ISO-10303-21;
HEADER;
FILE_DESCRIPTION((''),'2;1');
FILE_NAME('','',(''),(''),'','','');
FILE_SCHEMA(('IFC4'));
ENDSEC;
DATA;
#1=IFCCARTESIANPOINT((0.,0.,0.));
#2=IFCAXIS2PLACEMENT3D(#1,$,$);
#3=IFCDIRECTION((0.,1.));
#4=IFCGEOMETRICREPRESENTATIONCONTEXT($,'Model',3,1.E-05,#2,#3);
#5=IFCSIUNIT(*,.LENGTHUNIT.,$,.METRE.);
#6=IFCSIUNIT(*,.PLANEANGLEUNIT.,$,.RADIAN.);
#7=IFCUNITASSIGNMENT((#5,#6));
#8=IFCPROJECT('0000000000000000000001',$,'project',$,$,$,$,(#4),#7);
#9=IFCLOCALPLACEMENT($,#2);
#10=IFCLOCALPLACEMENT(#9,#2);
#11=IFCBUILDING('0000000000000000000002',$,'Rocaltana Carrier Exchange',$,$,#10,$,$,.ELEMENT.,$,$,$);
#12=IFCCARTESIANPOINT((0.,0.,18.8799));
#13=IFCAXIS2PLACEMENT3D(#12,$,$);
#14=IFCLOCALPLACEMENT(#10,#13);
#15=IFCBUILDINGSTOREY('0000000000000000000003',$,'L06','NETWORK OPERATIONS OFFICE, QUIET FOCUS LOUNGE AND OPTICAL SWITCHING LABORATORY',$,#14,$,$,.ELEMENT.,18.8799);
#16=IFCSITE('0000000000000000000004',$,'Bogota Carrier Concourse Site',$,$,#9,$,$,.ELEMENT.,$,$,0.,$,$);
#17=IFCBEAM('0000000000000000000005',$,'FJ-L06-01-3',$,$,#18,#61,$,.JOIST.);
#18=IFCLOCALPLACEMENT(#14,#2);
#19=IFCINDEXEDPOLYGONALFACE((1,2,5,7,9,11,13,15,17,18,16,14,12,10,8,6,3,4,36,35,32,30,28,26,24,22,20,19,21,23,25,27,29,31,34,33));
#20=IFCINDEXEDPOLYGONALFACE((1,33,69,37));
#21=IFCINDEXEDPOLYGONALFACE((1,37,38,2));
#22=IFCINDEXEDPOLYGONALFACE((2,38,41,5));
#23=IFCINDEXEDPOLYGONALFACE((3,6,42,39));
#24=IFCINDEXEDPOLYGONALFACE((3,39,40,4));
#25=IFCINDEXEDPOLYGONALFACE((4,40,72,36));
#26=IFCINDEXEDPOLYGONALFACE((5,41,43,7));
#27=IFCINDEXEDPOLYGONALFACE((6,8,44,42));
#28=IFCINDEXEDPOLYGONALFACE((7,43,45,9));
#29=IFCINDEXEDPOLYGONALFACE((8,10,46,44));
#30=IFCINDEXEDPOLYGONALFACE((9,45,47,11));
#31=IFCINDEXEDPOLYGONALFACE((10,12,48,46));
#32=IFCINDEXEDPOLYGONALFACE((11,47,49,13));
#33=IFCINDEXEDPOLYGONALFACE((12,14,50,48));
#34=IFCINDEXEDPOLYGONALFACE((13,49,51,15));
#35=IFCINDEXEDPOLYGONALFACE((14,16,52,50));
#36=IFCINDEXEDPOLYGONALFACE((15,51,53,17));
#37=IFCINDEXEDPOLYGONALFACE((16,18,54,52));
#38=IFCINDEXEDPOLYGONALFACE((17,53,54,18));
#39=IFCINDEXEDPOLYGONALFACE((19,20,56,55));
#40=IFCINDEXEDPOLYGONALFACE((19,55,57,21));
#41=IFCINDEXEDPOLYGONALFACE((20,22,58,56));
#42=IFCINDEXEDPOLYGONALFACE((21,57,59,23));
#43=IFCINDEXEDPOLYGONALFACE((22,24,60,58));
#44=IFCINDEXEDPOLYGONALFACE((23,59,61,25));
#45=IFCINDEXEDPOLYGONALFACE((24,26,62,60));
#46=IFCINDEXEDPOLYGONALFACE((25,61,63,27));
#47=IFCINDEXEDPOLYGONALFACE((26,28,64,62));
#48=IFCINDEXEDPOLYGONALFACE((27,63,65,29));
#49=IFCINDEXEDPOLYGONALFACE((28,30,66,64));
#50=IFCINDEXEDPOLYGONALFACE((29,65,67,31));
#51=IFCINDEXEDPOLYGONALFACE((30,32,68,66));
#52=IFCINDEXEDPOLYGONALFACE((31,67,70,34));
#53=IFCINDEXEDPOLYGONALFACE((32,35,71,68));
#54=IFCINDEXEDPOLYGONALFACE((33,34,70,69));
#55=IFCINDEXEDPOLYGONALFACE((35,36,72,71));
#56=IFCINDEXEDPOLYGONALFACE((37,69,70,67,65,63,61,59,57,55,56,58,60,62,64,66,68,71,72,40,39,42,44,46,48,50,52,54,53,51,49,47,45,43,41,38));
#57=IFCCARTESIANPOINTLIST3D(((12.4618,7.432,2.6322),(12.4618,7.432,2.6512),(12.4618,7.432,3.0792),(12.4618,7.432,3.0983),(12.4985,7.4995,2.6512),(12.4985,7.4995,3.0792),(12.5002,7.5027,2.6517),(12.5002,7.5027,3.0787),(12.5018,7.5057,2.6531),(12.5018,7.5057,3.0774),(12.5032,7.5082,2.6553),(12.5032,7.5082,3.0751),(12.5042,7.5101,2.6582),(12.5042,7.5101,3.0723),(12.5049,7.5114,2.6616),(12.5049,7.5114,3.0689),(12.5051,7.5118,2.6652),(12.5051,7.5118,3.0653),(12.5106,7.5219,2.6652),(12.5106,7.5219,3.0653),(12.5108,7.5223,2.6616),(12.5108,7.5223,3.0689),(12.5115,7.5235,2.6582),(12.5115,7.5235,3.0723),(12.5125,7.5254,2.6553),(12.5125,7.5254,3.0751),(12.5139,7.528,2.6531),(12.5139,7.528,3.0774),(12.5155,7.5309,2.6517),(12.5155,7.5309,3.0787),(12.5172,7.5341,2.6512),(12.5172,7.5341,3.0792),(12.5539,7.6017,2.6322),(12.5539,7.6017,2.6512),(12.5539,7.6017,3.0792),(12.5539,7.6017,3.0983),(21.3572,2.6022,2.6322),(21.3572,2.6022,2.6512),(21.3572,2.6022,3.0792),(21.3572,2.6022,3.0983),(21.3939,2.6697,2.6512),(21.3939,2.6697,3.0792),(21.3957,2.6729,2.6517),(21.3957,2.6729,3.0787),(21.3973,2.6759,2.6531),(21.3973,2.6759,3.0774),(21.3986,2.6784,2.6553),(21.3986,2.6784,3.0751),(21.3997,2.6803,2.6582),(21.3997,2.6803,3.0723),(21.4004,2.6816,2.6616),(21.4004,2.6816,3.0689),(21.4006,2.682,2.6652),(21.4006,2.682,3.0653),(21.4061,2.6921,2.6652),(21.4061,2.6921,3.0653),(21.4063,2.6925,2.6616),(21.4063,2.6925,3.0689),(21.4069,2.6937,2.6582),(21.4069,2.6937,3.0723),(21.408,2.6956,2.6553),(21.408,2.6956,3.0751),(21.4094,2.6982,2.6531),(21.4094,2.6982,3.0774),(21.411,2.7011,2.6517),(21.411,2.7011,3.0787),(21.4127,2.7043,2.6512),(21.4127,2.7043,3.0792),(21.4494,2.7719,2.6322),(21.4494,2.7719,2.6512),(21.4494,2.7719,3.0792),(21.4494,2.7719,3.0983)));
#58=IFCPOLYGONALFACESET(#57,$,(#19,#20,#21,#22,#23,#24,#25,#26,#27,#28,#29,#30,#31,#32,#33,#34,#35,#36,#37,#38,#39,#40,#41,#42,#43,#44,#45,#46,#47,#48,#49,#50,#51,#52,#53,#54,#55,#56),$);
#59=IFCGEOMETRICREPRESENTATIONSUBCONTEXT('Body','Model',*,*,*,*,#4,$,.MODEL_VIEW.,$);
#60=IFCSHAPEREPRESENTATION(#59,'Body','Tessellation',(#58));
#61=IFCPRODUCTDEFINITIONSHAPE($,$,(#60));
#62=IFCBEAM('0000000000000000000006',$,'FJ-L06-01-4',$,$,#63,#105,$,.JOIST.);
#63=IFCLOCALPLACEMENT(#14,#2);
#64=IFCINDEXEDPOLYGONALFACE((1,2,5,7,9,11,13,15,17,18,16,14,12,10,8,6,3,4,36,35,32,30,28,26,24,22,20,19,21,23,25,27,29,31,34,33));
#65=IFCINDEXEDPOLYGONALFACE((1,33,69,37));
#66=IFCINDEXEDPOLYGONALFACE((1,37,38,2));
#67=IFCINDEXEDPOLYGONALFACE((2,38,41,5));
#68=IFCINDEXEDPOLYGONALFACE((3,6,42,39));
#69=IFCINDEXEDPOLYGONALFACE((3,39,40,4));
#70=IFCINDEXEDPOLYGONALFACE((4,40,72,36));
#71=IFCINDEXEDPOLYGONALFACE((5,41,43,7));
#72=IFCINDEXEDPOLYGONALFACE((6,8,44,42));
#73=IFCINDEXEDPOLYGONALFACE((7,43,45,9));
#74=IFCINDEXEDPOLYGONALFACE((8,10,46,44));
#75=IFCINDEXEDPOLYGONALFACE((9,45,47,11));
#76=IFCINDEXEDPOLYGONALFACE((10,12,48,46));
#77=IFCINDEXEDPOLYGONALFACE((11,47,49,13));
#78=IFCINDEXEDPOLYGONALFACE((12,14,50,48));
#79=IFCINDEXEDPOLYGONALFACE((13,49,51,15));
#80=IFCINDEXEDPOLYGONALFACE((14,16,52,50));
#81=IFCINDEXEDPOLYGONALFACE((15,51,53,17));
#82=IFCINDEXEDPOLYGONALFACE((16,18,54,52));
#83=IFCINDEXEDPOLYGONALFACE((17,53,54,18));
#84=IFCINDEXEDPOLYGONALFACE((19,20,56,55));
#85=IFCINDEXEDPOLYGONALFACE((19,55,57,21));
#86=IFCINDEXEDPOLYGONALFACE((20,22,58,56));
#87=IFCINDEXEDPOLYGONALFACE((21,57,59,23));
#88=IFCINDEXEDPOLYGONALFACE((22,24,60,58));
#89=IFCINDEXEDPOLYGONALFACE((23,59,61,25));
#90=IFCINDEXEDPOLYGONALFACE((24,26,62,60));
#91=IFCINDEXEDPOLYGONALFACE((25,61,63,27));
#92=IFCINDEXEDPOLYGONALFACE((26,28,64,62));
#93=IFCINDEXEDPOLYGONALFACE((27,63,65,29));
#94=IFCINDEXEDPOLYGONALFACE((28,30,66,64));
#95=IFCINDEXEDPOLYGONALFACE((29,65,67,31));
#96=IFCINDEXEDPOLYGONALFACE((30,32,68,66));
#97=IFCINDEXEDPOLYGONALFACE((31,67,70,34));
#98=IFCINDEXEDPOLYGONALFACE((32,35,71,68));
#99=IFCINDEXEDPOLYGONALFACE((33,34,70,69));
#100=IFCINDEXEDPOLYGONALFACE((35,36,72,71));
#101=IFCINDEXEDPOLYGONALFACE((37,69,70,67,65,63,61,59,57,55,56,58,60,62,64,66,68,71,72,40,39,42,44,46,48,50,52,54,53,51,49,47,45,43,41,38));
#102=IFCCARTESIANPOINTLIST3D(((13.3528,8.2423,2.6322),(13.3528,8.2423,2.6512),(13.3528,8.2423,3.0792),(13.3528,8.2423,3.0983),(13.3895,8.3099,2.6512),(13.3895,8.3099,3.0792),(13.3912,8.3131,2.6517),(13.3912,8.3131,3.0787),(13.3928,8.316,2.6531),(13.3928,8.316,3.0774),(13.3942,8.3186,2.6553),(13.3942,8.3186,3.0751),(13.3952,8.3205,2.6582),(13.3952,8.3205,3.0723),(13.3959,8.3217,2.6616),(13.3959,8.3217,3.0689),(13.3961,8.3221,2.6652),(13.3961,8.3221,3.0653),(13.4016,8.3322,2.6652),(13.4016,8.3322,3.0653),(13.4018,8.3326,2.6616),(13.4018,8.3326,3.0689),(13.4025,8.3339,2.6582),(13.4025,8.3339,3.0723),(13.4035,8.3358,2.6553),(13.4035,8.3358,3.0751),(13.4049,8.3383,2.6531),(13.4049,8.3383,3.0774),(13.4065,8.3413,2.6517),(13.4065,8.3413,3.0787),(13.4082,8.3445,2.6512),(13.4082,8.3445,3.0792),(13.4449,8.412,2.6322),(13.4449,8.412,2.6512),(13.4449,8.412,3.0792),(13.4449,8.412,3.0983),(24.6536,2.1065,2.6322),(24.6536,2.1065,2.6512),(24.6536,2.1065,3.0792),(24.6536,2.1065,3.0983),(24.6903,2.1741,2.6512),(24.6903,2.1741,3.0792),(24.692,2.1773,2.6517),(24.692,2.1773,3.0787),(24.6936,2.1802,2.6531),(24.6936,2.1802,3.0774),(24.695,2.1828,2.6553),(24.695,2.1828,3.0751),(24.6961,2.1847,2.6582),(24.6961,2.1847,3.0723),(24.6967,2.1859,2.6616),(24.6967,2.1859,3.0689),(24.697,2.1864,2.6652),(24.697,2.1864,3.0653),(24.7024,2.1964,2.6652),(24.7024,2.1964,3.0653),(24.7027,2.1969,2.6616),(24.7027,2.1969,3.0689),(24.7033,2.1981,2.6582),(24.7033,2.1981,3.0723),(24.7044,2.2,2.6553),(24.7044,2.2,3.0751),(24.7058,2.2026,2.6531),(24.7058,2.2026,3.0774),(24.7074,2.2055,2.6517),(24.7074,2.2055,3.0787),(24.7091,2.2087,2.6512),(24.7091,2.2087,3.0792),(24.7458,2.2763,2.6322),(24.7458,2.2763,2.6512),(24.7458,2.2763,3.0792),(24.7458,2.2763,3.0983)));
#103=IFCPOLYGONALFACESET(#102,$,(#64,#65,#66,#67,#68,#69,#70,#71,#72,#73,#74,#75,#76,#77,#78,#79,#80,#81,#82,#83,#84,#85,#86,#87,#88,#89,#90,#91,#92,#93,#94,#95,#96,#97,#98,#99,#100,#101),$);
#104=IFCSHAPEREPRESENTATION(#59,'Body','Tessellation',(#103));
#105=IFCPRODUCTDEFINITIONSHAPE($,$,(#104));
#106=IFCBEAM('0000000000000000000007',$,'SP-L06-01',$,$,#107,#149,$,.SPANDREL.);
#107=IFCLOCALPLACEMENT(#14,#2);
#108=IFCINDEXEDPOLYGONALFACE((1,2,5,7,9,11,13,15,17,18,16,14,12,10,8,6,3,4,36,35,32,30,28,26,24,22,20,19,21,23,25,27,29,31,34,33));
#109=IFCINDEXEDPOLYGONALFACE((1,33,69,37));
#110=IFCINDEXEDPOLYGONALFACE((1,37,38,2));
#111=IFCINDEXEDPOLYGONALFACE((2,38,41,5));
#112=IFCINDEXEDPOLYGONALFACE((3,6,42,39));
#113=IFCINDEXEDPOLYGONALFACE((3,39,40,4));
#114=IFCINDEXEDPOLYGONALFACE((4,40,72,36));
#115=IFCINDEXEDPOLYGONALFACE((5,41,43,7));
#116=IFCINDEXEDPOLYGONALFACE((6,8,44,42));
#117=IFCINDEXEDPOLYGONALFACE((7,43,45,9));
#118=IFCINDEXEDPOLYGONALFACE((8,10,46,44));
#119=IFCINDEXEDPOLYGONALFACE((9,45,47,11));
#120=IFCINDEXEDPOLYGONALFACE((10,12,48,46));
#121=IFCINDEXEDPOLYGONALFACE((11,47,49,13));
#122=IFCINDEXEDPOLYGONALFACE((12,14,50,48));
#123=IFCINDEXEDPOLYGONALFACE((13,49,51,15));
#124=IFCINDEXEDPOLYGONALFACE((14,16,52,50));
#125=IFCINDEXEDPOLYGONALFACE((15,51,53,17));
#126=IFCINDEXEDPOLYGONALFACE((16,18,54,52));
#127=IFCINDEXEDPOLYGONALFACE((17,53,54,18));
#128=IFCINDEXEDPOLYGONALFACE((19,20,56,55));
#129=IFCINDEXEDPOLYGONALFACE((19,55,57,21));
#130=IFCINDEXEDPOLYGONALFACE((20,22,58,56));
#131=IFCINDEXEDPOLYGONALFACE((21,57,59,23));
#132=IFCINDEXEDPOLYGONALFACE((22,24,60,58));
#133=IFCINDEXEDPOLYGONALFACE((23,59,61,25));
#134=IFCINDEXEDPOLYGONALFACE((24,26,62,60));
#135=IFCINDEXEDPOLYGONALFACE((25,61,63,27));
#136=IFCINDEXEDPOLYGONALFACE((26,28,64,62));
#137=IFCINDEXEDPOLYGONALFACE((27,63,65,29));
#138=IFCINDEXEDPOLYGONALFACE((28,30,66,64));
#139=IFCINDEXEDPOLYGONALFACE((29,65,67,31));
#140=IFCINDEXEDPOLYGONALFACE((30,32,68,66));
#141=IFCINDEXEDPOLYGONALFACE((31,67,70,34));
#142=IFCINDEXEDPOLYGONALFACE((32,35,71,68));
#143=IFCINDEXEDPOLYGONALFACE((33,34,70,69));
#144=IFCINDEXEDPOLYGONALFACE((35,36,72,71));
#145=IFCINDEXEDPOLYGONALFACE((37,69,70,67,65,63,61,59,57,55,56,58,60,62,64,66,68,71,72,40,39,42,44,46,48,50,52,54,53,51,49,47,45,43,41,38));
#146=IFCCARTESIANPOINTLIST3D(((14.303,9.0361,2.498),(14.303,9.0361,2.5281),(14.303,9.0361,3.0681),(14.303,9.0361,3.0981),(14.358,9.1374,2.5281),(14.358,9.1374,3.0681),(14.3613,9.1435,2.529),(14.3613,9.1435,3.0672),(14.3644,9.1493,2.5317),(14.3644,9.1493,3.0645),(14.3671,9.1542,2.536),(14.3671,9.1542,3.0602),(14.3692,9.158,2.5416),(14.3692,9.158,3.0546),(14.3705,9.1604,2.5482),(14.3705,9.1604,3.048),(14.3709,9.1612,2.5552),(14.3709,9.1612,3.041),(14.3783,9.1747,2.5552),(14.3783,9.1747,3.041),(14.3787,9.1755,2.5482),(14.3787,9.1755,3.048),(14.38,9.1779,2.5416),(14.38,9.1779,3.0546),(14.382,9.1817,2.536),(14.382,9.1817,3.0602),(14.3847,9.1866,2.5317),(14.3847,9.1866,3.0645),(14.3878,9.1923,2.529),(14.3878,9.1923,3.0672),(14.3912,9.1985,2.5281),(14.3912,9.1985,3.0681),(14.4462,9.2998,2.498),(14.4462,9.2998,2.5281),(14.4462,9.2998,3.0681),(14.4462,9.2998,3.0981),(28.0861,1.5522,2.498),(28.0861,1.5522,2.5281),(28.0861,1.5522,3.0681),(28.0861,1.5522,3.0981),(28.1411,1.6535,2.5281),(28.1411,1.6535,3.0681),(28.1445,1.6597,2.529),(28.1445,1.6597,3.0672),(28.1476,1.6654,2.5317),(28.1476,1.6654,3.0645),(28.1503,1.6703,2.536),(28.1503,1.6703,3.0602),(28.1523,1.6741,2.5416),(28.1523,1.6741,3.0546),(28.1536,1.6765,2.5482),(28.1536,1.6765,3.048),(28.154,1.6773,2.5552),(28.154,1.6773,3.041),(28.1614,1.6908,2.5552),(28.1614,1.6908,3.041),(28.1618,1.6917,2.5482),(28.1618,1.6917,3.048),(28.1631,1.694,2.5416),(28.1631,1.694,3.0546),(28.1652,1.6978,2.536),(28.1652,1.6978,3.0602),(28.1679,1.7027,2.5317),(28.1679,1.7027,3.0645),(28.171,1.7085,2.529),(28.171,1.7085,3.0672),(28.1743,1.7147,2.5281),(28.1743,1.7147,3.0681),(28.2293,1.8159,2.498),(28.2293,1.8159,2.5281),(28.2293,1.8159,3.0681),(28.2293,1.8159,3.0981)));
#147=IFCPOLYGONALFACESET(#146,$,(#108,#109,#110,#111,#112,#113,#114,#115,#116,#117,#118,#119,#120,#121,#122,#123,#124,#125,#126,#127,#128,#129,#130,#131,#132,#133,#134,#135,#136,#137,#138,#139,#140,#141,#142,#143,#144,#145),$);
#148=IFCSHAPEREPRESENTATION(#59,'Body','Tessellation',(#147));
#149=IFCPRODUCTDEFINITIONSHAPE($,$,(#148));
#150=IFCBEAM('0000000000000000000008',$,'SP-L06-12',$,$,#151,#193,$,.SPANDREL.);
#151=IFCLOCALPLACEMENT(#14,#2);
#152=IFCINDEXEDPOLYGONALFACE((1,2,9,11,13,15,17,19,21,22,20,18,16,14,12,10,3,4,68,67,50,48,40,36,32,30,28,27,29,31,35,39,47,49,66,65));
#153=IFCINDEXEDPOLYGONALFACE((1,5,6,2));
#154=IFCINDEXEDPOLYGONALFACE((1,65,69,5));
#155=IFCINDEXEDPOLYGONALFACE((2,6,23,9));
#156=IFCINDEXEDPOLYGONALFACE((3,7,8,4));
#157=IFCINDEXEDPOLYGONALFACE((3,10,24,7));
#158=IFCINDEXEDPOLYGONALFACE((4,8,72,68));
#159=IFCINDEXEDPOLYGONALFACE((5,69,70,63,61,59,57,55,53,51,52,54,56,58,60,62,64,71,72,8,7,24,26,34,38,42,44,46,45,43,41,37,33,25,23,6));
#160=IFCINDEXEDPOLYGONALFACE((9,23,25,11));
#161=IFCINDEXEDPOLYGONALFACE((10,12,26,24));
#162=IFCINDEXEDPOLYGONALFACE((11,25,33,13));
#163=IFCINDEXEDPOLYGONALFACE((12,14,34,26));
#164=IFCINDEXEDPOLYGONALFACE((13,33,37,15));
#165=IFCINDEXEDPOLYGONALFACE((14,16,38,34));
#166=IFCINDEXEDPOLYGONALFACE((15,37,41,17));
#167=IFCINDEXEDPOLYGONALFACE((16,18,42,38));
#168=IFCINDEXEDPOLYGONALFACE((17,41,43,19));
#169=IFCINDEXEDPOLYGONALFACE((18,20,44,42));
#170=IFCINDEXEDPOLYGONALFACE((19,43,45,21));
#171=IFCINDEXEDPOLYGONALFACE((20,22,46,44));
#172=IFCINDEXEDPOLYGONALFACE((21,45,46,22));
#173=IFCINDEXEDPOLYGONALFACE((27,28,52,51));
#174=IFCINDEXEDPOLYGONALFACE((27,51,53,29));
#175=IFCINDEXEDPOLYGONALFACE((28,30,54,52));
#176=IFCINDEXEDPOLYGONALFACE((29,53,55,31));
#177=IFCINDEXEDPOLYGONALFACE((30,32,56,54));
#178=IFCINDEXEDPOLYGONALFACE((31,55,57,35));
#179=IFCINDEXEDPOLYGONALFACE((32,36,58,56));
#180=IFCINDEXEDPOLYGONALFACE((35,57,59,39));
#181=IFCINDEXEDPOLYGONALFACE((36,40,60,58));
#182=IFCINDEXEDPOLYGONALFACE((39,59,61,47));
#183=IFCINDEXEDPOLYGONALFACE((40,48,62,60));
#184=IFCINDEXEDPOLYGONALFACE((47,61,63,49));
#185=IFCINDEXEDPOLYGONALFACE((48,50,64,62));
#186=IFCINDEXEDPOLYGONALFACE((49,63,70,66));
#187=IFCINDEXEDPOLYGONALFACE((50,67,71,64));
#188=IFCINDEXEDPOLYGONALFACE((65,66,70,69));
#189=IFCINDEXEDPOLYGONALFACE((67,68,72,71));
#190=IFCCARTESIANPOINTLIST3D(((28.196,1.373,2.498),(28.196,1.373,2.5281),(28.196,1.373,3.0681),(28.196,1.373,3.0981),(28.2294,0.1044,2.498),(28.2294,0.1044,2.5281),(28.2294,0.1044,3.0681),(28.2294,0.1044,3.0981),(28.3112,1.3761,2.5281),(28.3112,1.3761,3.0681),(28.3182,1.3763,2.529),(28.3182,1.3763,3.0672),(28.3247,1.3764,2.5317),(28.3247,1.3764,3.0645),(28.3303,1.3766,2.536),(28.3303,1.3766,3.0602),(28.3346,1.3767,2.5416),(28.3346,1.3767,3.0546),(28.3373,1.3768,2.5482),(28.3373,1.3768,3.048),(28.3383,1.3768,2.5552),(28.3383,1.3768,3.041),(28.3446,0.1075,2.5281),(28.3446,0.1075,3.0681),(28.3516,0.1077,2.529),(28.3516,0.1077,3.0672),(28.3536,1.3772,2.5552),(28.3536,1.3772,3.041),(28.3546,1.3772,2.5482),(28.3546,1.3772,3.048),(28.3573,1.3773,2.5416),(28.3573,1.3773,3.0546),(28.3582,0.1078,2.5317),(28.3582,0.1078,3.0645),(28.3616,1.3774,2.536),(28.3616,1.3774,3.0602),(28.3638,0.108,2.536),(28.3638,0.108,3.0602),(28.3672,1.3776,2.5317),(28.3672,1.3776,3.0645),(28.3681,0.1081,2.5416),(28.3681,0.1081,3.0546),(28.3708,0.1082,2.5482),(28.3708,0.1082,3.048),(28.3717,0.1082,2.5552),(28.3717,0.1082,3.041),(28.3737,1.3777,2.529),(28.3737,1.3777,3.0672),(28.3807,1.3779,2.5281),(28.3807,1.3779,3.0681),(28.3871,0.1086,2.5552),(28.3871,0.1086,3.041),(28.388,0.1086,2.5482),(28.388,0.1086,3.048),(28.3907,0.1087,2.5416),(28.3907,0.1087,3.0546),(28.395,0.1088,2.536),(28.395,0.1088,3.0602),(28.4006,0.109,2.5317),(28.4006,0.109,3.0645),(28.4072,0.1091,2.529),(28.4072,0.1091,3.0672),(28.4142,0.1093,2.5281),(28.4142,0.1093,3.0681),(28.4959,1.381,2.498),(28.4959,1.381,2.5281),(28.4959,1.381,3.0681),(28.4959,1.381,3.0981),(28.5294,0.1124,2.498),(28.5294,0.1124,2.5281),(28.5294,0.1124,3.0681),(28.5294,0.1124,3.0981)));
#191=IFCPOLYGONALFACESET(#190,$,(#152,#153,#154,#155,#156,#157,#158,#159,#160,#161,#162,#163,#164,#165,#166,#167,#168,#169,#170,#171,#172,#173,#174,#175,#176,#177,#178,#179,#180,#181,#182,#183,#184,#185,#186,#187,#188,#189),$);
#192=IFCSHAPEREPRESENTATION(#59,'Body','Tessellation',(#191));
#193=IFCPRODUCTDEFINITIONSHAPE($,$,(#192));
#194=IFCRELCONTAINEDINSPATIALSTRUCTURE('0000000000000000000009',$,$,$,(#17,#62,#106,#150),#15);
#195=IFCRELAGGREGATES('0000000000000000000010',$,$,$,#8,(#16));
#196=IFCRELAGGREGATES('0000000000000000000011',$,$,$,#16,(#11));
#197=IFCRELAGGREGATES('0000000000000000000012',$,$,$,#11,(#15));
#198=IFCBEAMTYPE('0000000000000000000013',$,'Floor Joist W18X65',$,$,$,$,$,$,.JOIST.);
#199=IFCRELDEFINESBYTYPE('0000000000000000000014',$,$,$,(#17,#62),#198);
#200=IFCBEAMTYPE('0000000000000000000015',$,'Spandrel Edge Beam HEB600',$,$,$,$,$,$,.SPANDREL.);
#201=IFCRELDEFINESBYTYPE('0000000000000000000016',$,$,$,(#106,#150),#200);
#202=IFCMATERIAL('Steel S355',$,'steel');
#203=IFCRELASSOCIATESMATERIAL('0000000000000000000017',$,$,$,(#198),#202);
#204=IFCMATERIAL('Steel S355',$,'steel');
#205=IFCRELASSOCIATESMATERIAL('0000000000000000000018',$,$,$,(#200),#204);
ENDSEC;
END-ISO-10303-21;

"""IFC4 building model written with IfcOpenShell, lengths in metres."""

from ifc_helpers import new_model, si_unit, direction, frame, origin, origin_2d, place, context, subcontext, project, spatial, i_section, extrude, material, material_profile, profile_set, type_object, element, save


model = new_model("IFC4")

# Units and contexts
model_context = context("Model", 3, precision=1e-05, world=origin(), true_north=direction((0.0, 1.0)))
body_context = subcontext(model_context, "Body", "Model", "MODEL_VIEW")
ifc_project = project(units=[si_unit("LENGTHUNIT", "METRE"), si_unit("PLANEANGLEUNIT", "RADIAN")], contexts=[model_context])

# Site, building, storey
site_placement = place(None, origin())
site = spatial("IfcSite", under=ifc_project, at=site_placement, Name="Bogota Carrier Concourse Site", CompositionType="ELEMENT", RefElevation=0.0)
building_placement = place(site_placement, origin())
building = spatial("IfcBuilding", under=site, at=building_placement, Name="Rocaltana Carrier Exchange", CompositionType="ELEMENT")
storey_placement = place(building_placement, frame((0.0, 0.0, 18.8799)))
storey = spatial("IfcBuildingStorey", under=building, at=storey_placement, Name="L06", Description="NETWORK OPERATIONS OFFICE, QUIET FOCUS LOUNGE AND OPTICAL SWITCHING LABORATORY", CompositionType="ELEMENT", Elevation=18.8799)

# Beams
ifc_material_1 = material(Name="Steel S355", Category="steel")
ifc_material_profile_1 = material_profile(ifc_material_1, i_section(OverallWidth=0.1931, OverallDepth=0.4661, WebThickness=0.0115, FlangeThickness=0.019, FilletRadius=0.0139, at=origin_2d()), Name="W18X65")
ifc_profile_set_1 = profile_set([ifc_material_profile_1], Name="Steel S355")
beam_type_1 = type_object("IfcBeamType", Name="Floor Joist W18X65", PredefinedType="JOIST", material=ifc_profile_set_1)
beam_1_placement = place(storey_placement, frame((21.4033, 2.687, 2.8652), z_axis=(-0.878818, 0.477156, 0.0), x_axis=(-0.477156, -0.878818, 0.0)))
element("IfcBeam", 1, at=beam_1_placement, inside=storey, type_object=beam_type_1, Name="FJ-L06-01-3", PredefinedType="JOIST", context=body_context, shape_type="SweptSolid", body=[
    extrude(i_section(OverallWidth=0.1931, OverallDepth=0.4661, WebThickness=0.0115, FlangeThickness=0.019, FilletRadius=0.0139, at=origin_2d()), origin(), (0.0, 0.0, 1.0), 10.1221),
])
beam_2_placement = place(storey_placement, frame((24.6997, 2.1914, 2.8652), z_axis=(-0.87882, 0.477154, 0.0), x_axis=(-0.477154, -0.87882, 0.0)))
element("IfcBeam", 2, at=beam_2_placement, inside=storey, type_object=beam_type_1, Name="FJ-L06-01-4", PredefinedType="JOIST", context=body_context, shape_type="SweptSolid", body=[
    extrude(i_section(OverallWidth=0.1931, OverallDepth=0.4661, WebThickness=0.0115, FlangeThickness=0.019, FilletRadius=0.0139, at=origin_2d()), origin(), (0.0, 0.0, 1.0), 12.8591),
])
ifc_material_2 = material(Name="Steel S355", Category="steel")
ifc_material_profile_2 = material_profile(ifc_material_2, i_section(OverallWidth=0.3, OverallDepth=0.6001, WebThickness=0.0154, FlangeThickness=0.03, FilletRadius=0.0271, at=origin_2d()), Name="HEB600")
ifc_profile_set_2 = profile_set([ifc_material_profile_2], Name="Steel S355")
beam_type_2 = type_object("IfcBeamType", Name="Spandrel Edge Beam HEB600", PredefinedType="SPANDREL", material=ifc_profile_set_2)
beam_3_placement = place(storey_placement, frame((28.1577, 1.6841, 2.7981), z_axis=(-0.878811, 0.477169, 0.0), x_axis=(-0.477169, -0.878811, 0.0)))
element("IfcBeam", 3, at=beam_3_placement, inside=storey, type_object=beam_type_2, Name="SP-L06-01", PredefinedType="SPANDREL", context=body_context, shape_type="SweptSolid", body=[
    extrude(i_section(OverallWidth=0.3, OverallDepth=0.6001, WebThickness=0.0154, FlangeThickness=0.03, FilletRadius=0.0271, at=origin_2d()), origin(), (0.0, 0.0, 1.0), 15.6838),
])
beam_4_placement = place(storey_placement, frame((28.3794, 0.1084, 2.7981), z_axis=(-0.026357, 0.999653, 0.0), x_axis=(-0.999653, -0.026357, 0.0)))
element("IfcBeam", 4, at=beam_4_placement, inside=storey, type_object=beam_type_2, Name="SP-L06-12", PredefinedType="SPANDREL", context=body_context, shape_type="SweptSolid", body=[
    extrude(i_section(OverallWidth=0.3, OverallDepth=0.6001, WebThickness=0.0154, FlangeThickness=0.03, FilletRadius=0.0271, at=origin_2d()), origin(), (0.0, 0.0, 1.0), 1.269),
])

save(model, "model.ifc")
